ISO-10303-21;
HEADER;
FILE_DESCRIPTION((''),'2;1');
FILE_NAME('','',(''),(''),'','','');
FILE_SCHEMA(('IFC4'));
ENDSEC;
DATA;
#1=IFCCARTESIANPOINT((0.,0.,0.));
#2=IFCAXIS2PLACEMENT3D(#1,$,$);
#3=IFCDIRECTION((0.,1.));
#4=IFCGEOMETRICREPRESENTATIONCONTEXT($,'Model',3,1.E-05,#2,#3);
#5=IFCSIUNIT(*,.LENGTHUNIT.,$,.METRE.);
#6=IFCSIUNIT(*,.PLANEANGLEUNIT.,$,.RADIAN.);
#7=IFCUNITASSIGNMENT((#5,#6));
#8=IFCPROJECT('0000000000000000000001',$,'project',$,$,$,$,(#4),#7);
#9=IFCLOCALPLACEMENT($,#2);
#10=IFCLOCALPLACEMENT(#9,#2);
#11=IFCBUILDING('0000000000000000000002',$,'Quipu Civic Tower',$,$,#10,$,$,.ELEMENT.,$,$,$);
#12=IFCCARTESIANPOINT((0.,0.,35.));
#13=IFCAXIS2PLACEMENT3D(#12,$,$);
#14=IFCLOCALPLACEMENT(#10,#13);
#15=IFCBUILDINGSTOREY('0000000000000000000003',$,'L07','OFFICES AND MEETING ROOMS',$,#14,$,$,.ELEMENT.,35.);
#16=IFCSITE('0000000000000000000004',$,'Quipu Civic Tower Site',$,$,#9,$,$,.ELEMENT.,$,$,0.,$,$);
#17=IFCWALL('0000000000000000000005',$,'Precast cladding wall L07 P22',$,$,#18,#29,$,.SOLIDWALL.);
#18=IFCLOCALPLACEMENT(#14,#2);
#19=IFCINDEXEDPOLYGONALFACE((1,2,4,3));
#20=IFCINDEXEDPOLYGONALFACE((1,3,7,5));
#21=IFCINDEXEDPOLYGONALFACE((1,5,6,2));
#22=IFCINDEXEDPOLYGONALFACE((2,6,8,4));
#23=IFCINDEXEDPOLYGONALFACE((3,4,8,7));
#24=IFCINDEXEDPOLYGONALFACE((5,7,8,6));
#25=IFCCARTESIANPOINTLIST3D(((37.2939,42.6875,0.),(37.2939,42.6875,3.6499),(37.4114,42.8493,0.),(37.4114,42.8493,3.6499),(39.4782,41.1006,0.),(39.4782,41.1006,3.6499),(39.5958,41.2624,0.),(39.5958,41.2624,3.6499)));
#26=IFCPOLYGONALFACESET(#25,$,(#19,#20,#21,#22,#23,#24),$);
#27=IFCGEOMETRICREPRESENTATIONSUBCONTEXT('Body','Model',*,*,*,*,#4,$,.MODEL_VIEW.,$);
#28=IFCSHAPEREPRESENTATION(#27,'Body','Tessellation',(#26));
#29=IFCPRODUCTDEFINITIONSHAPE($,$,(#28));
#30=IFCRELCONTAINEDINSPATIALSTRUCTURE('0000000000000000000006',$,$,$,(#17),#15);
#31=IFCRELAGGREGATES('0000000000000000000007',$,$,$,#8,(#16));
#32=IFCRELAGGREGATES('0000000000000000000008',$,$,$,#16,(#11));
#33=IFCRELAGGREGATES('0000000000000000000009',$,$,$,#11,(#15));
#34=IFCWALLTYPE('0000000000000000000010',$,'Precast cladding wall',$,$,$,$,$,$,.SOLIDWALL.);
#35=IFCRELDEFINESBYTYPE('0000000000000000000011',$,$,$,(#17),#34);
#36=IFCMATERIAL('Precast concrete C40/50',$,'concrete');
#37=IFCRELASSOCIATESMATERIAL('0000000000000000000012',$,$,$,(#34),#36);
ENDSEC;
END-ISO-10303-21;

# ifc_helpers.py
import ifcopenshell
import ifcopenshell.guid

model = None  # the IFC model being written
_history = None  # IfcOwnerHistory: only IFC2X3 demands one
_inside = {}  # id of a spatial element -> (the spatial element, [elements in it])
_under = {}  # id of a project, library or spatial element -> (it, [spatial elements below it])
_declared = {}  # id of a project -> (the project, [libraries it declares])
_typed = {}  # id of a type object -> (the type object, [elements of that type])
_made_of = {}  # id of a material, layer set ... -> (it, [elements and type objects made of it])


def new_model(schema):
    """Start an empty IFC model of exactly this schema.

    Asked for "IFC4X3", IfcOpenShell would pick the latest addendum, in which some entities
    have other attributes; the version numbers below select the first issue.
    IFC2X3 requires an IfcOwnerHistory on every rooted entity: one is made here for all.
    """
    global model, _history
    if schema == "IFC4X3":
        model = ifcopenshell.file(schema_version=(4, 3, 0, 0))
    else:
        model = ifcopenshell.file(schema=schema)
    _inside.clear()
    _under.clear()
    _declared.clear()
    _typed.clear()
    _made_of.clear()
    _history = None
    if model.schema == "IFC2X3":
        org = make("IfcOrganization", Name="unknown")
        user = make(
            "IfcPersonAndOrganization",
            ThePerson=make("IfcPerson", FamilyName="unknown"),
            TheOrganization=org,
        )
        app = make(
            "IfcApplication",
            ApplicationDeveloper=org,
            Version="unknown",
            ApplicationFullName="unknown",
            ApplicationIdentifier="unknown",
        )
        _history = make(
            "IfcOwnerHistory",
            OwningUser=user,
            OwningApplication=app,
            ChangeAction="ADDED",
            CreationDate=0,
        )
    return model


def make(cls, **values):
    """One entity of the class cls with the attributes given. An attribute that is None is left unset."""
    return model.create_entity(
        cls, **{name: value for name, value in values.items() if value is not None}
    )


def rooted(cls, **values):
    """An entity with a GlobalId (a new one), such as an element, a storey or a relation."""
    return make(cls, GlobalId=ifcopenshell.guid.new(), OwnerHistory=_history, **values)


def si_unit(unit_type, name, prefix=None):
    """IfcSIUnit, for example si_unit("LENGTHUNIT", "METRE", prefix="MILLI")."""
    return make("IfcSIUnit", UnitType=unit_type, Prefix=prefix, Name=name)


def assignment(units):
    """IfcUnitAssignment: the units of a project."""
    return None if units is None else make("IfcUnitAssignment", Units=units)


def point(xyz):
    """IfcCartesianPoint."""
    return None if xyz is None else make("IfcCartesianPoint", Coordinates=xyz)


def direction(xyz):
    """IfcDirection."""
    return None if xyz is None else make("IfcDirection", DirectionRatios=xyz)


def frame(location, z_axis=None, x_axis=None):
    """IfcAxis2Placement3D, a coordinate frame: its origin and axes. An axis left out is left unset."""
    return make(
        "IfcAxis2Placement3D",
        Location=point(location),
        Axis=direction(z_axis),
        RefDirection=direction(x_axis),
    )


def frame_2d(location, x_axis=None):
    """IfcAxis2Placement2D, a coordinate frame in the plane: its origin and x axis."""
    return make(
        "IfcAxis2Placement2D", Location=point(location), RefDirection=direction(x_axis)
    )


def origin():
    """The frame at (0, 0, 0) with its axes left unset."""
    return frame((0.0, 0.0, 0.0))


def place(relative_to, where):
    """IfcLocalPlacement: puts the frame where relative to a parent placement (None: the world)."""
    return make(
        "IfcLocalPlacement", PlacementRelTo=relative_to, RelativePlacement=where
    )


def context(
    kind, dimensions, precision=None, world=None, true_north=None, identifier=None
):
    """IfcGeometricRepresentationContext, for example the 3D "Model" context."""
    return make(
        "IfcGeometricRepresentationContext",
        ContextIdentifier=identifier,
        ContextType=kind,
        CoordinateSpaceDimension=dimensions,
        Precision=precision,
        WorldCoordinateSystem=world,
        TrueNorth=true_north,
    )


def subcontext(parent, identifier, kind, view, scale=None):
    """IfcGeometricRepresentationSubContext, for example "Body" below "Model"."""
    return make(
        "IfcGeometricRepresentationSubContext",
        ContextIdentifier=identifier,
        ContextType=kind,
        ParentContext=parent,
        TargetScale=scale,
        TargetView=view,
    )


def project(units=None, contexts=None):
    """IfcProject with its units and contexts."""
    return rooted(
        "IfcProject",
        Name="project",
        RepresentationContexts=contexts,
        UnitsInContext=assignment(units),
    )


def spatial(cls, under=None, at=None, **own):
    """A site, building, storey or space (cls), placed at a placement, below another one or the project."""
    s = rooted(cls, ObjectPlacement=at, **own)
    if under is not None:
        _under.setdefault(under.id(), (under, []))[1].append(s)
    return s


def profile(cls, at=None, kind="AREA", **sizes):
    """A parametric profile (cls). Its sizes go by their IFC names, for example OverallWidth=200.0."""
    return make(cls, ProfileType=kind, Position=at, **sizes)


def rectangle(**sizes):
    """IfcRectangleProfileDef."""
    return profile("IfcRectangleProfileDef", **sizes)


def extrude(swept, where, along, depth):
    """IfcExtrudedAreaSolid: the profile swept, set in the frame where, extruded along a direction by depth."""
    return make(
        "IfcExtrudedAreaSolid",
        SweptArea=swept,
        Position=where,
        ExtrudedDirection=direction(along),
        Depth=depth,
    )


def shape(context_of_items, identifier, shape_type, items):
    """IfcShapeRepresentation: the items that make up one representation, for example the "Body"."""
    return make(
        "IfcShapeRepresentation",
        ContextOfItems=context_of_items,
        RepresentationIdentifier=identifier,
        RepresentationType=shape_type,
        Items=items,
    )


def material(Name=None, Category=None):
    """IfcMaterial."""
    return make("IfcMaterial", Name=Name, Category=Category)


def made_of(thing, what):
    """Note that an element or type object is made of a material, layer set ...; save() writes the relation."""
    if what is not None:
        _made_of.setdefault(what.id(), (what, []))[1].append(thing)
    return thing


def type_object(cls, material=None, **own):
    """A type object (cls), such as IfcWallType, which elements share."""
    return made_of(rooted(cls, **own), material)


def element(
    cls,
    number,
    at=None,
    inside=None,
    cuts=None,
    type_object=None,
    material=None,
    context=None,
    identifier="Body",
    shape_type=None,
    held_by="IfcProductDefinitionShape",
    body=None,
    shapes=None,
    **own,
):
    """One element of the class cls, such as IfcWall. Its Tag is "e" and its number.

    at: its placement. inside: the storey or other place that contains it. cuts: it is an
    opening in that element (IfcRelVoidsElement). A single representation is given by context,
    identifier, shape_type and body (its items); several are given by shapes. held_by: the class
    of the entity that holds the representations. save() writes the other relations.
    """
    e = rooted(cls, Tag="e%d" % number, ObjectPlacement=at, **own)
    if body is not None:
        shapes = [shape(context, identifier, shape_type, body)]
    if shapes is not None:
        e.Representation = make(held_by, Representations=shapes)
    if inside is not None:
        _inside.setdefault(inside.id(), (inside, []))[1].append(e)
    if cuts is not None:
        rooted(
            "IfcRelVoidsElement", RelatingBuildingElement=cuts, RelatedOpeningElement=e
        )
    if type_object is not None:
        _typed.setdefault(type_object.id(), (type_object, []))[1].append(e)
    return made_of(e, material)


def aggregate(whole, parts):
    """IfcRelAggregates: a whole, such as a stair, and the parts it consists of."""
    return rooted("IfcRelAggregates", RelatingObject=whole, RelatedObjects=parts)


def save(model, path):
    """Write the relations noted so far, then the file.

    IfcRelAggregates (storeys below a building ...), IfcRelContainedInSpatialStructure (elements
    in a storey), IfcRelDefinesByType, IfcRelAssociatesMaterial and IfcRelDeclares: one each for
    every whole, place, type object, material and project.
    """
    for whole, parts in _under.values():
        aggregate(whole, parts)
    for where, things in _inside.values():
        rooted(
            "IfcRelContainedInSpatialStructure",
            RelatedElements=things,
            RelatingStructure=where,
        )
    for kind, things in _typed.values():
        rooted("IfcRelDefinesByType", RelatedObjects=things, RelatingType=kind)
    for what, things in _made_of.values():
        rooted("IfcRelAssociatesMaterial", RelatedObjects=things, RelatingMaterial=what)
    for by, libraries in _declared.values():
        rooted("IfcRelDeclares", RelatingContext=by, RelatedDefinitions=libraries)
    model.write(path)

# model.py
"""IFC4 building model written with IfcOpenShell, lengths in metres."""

from ifc_helpers import new_model, si_unit, direction, frame, frame_2d, origin, place, context, subcontext, project, spatial, rectangle, extrude, material, type_object, element, save


model = new_model("IFC4")

# Units and contexts
model_context = context("Model", 3, precision=1e-05, world=origin(), true_north=direction((0.0, 1.0)))
body_context = subcontext(model_context, "Body", "Model", "MODEL_VIEW")
ifc_project = project(units=[si_unit("LENGTHUNIT", "METRE"), si_unit("PLANEANGLEUNIT", "RADIAN")], contexts=[model_context])

# Site, building, storey
site_placement = place(None, origin())
site = spatial("IfcSite", under=ifc_project, at=site_placement, Name="Quipu Civic Tower Site", CompositionType="ELEMENT", RefElevation=0.0)
building_placement = place(site_placement, origin())
building = spatial("IfcBuilding", under=site, at=building_placement, Name="Quipu Civic Tower", CompositionType="ELEMENT")
storey_placement = place(building_placement, frame((0.0, 0.0, 35.0)))
storey = spatial("IfcBuildingStorey", under=building, at=storey_placement, Name="L07", Description="OFFICES AND MEETING ROOMS", CompositionType="ELEMENT", Elevation=35.0)

# Wall
ifc_material_1 = material(Name="Precast concrete C40/50", Category="concrete")
wall_type_1 = type_object("IfcWallType", Name="Precast cladding wall", PredefinedType="SOLIDWALL", material=ifc_material_1)
wall_1_placement = place(storey_placement, frame((39.5371, 41.1814, 0.0), z_axis=(0.0, 0.0, 1.0), x_axis=(-0.809033, 0.587763, 0.0)))
element("IfcWall", 1, at=wall_1_placement, inside=storey, type_object=wall_type_1, Name="Precast cladding wall L07 P22", PredefinedType="SOLIDWALL", context=body_context, shape_type="SweptSolid", body=[
    extrude(rectangle(XDim=2.7, YDim=0.2, at=frame_2d((1.3501, 0.0))), origin(), (0.0, 0.0, 1.0), 3.6499),
])

save(model, "model.ifc")
